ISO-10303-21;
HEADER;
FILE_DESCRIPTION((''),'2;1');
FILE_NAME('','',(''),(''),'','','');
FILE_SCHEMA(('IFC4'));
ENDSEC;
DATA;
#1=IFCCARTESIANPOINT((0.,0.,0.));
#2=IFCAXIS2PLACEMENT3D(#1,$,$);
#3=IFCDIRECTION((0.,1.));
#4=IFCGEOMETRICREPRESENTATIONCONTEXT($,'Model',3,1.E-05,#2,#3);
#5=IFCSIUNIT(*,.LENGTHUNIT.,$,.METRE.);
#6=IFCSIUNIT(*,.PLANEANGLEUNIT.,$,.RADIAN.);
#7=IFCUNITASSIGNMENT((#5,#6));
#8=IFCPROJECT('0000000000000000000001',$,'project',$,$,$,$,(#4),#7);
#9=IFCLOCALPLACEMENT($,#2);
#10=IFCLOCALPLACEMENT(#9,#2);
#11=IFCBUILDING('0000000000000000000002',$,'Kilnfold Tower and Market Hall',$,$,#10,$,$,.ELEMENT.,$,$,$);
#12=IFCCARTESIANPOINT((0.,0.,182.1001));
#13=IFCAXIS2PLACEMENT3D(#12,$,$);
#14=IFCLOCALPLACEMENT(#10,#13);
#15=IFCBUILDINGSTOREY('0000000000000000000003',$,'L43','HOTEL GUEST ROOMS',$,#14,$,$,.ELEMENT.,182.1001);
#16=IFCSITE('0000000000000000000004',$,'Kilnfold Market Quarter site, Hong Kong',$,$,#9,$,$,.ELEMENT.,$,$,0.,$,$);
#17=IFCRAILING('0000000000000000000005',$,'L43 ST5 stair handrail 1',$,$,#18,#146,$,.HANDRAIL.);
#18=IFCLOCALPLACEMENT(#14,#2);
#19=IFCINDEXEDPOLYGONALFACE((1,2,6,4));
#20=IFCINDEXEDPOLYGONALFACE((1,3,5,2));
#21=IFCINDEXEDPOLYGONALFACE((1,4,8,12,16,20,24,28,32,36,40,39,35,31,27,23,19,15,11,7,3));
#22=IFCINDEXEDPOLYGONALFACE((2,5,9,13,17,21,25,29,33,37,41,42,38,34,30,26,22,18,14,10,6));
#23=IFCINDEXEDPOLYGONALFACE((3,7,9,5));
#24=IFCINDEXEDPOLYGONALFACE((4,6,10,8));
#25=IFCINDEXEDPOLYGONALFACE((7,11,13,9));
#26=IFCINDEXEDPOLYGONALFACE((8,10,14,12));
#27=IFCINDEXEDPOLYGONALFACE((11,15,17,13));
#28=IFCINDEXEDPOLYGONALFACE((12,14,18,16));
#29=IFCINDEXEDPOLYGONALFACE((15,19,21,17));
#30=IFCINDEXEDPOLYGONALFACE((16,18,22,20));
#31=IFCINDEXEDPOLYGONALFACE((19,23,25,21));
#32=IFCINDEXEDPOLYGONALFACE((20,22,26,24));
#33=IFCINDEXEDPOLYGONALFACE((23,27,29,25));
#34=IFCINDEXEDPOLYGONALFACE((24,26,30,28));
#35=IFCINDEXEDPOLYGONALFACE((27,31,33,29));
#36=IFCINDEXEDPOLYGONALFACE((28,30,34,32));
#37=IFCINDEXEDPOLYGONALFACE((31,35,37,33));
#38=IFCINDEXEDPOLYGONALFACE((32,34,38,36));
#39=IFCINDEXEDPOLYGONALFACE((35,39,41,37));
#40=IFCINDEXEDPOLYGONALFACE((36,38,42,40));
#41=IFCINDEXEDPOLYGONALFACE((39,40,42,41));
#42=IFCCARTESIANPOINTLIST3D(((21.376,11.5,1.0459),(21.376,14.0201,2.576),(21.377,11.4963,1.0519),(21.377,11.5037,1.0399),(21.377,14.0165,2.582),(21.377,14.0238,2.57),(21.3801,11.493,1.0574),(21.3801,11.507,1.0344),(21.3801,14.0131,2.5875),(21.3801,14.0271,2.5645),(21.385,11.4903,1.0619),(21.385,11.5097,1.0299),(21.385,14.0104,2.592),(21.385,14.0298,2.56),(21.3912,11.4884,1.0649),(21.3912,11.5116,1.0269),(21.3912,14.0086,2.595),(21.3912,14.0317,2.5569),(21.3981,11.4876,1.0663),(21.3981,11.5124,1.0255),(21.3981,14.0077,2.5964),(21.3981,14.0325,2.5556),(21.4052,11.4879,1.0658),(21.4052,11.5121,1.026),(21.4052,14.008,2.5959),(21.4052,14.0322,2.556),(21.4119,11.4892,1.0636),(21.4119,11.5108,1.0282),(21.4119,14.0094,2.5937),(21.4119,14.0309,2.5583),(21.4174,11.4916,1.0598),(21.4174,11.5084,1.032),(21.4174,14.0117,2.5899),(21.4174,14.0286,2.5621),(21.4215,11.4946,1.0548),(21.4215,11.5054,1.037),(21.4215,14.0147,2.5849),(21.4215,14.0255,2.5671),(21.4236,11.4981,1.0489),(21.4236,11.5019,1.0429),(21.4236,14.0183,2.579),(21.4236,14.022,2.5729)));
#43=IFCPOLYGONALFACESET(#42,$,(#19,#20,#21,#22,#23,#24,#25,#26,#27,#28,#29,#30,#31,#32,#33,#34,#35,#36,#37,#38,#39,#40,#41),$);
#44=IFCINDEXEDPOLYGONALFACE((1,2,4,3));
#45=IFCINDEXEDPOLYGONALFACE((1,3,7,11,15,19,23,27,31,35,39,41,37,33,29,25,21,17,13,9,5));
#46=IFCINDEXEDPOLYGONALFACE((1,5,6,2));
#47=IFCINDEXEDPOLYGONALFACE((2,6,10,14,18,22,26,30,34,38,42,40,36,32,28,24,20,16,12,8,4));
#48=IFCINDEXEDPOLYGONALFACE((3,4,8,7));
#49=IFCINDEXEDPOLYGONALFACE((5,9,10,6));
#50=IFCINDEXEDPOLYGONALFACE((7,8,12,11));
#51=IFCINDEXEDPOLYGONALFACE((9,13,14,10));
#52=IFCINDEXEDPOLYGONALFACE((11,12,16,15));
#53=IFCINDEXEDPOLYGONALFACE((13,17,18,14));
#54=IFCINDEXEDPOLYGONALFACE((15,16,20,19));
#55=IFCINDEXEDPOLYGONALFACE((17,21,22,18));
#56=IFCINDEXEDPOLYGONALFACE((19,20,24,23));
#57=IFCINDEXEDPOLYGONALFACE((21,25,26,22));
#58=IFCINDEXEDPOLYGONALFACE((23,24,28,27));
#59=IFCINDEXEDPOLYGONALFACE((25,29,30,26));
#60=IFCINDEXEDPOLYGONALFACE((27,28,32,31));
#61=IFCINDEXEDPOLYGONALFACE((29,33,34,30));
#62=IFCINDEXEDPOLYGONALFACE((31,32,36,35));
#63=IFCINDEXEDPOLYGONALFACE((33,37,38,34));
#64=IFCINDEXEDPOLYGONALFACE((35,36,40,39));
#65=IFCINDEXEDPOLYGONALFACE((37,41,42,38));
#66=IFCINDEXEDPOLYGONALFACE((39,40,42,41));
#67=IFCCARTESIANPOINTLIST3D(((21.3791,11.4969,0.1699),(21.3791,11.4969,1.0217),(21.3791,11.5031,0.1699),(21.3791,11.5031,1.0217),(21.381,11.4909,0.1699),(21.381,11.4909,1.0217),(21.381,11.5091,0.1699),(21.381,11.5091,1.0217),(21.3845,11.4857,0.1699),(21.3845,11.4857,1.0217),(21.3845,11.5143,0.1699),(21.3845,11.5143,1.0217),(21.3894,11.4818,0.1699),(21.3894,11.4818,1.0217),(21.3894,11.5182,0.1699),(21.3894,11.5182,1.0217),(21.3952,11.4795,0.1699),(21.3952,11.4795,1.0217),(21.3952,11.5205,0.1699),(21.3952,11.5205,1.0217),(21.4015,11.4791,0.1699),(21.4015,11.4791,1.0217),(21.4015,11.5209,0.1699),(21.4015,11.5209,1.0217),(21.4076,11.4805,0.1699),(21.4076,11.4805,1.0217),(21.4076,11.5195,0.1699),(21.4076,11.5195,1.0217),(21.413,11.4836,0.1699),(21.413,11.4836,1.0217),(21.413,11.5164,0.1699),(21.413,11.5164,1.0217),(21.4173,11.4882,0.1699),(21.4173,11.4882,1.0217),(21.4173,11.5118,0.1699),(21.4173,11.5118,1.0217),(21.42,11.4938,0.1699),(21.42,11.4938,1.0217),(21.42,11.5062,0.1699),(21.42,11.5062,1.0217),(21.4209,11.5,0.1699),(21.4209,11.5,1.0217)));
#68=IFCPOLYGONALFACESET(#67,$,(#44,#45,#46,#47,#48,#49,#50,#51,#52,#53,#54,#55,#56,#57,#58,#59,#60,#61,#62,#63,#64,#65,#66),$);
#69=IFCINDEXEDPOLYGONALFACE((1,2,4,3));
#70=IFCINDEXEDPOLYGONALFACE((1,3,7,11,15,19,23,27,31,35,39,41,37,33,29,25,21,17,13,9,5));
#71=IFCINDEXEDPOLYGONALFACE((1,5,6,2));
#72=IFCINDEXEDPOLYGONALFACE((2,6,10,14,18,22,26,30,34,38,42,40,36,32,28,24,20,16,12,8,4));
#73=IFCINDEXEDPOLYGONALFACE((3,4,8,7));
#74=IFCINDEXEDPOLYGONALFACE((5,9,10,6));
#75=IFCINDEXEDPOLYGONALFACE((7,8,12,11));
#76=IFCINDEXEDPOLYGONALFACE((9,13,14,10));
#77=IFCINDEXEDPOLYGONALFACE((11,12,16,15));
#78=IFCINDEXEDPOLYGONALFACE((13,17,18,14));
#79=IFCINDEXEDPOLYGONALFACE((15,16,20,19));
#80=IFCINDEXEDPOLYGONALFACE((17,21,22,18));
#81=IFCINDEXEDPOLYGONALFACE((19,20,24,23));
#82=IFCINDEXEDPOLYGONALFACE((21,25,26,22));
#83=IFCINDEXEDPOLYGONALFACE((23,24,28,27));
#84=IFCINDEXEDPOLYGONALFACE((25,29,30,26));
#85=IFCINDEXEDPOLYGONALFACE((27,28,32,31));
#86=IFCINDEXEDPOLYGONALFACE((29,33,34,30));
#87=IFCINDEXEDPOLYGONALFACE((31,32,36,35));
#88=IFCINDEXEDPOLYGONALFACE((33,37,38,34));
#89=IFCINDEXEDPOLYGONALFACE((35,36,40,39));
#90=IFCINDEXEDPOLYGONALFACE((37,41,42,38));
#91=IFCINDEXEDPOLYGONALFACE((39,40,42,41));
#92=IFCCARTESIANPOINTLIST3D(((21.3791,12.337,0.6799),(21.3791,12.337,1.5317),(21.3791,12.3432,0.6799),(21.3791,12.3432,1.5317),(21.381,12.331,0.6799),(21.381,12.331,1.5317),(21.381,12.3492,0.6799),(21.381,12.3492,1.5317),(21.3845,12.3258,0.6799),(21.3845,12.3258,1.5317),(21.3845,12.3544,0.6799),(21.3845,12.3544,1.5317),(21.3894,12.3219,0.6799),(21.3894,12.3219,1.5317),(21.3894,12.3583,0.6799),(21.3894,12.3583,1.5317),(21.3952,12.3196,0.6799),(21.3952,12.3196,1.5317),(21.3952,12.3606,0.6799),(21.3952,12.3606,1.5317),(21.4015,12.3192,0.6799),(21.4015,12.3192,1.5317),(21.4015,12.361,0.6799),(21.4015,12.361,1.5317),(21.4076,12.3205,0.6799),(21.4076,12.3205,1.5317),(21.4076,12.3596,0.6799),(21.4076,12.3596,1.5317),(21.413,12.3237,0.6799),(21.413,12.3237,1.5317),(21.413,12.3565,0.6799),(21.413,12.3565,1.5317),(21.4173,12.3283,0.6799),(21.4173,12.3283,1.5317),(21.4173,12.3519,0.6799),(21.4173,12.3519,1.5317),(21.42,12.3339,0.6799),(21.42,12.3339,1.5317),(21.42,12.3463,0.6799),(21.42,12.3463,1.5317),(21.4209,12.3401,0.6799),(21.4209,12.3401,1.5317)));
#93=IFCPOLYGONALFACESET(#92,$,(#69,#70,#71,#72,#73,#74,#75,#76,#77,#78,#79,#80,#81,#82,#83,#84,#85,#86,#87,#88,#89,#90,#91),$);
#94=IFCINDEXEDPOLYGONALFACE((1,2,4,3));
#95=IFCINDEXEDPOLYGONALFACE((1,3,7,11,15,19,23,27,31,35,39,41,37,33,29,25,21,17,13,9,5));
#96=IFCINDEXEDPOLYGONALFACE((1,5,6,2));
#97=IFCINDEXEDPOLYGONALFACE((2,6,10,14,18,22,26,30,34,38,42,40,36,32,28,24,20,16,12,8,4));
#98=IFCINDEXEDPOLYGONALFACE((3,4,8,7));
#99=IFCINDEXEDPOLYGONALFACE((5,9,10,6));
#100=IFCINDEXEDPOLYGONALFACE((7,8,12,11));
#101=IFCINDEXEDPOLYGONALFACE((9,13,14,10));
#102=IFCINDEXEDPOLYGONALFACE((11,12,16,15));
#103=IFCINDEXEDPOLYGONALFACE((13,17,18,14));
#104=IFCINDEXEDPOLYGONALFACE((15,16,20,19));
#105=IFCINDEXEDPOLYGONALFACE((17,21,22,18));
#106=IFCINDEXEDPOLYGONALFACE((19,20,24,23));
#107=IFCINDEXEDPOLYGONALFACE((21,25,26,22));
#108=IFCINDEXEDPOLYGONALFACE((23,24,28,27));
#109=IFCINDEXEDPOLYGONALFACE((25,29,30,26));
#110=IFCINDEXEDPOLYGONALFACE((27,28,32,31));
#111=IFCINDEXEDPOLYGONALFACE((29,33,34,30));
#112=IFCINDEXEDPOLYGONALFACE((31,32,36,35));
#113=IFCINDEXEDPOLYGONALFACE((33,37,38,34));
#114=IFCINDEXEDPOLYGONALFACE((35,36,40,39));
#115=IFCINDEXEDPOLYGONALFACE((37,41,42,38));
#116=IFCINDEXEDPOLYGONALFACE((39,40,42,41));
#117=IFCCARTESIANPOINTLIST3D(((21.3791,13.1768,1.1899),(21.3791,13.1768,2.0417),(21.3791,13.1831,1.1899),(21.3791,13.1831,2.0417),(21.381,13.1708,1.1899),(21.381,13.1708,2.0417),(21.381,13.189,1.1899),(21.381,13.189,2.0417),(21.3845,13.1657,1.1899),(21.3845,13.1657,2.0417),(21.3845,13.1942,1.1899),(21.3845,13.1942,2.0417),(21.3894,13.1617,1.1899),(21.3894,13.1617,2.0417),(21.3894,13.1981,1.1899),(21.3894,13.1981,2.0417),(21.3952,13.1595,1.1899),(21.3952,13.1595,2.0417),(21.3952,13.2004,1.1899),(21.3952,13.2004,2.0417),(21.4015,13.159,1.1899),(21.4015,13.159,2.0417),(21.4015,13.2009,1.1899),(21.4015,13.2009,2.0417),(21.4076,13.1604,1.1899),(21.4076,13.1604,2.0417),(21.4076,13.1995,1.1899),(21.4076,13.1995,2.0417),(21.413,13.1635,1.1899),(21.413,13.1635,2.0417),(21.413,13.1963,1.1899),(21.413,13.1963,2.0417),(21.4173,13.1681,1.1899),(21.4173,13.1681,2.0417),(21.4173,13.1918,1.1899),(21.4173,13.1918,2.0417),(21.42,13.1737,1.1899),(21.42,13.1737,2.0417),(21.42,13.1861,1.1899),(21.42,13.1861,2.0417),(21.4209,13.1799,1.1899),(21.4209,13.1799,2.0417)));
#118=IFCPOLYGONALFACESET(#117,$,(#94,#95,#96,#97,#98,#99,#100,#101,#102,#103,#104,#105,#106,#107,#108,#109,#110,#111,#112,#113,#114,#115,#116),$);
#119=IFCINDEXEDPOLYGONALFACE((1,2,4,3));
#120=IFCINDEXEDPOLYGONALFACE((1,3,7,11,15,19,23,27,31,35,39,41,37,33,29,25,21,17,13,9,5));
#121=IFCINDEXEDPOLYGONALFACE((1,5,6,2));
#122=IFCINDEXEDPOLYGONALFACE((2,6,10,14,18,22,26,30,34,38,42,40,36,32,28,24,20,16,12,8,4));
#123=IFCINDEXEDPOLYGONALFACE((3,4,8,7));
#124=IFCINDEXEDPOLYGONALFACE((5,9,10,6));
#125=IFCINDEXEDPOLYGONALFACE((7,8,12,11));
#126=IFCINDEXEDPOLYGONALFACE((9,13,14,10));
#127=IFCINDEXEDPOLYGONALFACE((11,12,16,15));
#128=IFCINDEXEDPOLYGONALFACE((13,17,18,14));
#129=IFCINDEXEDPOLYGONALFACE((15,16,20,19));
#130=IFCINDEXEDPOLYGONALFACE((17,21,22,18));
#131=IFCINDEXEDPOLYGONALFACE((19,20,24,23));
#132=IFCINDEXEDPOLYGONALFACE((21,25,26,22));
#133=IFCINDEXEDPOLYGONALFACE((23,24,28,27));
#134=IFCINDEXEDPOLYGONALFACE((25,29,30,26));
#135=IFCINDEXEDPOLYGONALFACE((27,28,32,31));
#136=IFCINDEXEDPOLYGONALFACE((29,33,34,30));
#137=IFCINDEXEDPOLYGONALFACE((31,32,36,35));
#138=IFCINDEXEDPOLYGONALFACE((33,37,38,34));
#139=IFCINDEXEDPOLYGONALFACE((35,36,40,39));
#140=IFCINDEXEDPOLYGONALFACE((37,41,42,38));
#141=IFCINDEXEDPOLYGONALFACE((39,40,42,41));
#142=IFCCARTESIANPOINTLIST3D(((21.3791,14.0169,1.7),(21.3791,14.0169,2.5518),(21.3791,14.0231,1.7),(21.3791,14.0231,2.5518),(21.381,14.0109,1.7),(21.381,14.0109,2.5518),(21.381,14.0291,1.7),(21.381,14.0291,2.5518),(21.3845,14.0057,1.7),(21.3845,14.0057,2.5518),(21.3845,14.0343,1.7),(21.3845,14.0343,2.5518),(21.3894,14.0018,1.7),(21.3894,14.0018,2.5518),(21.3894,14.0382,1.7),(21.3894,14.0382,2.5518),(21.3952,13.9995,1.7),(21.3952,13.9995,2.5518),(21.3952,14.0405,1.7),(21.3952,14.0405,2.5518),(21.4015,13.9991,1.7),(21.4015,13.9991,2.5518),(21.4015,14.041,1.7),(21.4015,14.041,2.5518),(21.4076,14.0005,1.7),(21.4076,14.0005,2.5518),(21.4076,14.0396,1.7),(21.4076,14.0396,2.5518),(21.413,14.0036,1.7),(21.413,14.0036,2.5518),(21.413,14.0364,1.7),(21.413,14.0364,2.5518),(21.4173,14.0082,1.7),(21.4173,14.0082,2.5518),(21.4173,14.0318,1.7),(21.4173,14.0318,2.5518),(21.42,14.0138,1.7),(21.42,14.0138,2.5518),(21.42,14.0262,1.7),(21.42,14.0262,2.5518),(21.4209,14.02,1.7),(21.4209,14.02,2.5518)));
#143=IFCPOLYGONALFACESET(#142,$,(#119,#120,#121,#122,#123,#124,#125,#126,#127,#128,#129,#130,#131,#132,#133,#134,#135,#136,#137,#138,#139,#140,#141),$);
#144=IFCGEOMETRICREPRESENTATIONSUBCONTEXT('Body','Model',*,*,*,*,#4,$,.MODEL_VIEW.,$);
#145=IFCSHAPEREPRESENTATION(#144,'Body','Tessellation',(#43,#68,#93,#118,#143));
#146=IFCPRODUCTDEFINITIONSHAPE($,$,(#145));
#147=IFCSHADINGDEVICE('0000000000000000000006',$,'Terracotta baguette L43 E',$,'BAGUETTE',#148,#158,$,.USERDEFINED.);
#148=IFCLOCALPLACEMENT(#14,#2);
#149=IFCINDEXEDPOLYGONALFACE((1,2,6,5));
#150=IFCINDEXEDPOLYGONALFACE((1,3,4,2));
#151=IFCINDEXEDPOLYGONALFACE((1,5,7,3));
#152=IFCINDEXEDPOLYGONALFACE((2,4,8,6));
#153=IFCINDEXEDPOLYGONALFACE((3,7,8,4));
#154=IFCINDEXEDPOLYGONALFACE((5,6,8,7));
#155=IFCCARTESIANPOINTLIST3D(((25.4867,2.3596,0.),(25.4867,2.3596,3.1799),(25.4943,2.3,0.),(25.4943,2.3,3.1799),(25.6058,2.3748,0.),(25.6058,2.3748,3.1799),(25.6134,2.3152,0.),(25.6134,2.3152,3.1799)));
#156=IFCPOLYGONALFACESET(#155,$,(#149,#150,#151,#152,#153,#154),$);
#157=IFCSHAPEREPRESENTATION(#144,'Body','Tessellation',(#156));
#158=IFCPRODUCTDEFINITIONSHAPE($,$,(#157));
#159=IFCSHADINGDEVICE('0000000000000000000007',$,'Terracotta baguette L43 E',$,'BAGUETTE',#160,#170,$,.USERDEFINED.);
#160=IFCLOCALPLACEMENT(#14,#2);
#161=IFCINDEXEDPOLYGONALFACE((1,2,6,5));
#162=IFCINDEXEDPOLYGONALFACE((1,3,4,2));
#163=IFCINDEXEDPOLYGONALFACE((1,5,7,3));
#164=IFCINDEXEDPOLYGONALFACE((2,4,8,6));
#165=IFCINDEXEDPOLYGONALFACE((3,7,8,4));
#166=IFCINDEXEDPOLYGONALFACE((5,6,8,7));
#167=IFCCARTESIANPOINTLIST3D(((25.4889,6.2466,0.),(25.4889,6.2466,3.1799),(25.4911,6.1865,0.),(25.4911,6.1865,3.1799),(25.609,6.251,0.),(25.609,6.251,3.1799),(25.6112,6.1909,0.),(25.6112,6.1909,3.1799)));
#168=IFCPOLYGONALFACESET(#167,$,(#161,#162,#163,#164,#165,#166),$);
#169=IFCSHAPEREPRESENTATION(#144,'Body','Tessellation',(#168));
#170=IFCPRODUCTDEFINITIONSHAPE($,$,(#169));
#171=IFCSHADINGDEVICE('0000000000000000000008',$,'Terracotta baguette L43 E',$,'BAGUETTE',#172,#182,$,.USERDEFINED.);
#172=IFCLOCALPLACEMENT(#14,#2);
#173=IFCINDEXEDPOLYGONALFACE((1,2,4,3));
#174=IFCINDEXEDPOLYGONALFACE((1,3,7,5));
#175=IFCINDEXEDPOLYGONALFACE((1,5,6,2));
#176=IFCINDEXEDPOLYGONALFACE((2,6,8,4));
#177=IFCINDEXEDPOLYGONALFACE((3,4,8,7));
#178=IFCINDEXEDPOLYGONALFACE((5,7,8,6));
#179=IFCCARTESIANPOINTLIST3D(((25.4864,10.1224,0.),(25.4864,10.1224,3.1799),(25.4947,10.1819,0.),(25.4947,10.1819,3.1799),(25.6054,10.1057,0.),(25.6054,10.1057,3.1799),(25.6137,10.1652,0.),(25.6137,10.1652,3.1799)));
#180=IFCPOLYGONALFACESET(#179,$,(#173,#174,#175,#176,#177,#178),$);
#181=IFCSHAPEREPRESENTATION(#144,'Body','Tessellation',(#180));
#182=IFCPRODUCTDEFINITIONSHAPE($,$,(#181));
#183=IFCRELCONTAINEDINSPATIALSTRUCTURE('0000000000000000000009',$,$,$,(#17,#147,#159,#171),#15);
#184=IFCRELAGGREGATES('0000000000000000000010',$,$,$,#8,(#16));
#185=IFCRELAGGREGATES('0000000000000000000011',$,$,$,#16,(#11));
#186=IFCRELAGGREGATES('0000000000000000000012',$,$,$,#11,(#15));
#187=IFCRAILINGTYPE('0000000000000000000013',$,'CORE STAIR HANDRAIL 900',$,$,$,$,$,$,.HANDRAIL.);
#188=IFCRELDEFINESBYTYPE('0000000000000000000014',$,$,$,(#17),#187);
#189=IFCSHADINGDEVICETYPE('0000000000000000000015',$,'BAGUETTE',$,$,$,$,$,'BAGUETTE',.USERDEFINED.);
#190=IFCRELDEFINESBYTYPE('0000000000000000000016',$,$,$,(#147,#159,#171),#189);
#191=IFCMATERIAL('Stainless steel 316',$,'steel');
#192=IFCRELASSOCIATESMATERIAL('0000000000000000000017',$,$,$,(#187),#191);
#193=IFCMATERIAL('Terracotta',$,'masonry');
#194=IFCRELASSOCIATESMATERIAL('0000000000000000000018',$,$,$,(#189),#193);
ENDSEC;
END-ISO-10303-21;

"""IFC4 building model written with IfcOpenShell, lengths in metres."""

from ifc_helpers import new_model, si_unit, direction, frame, origin, origin_2d, place, context, subcontext, project, spatial, rectangle, circle, extrude, source, transform, mapped, material, material_profile, profile_set, type_object, element, save


model = new_model("IFC4")

# Units and contexts
model_context = context("Model", 3, precision=1e-05, world=origin(), true_north=direction((0.0, 1.0)))
body_context = subcontext(model_context, "Body", "Model", "MODEL_VIEW")
ifc_project = project(units=[si_unit("LENGTHUNIT", "METRE"), si_unit("PLANEANGLEUNIT", "RADIAN")], contexts=[model_context])

# Site, building, storey
site_placement = place(None, origin())
site = spatial("IfcSite", under=ifc_project, at=site_placement, Name="Kilnfold Market Quarter site, Hong Kong", CompositionType="ELEMENT", RefElevation=0.0)
building_placement = place(site_placement, origin())
building = spatial("IfcBuilding", under=site, at=building_placement, Name="Kilnfold Tower and Market Hall", CompositionType="ELEMENT")
storey_placement = place(building_placement, frame((0.0, 0.0, 182.1001)))
storey = spatial("IfcBuildingStorey", under=building, at=storey_placement, Name="L43", Description="HOTEL GUEST ROOMS", CompositionType="ELEMENT", Elevation=182.1001)

# Railing
ifc_material_1 = material(Name="Stainless steel 316", Category="steel")
railing_type_1 = type_object("IfcRailingType", Name="CORE STAIR HANDRAIL 900", PredefinedType="HANDRAIL", material=ifc_material_1)
for number, where, name in (
    (1, (21.3999, 11.5, 0.1699), "L43 ST5 stair handrail 1"),
):
    element("IfcRailing", number, at=place(storey_placement, frame(where)), inside=storey, type_object=railing_type_1, Name=name, PredefinedType="HANDRAIL", context=body_context, shape_type="SweptSolid", body=[
        extrude(circle(Radius=0.0239, at=origin_2d()), frame((0.0, 0.0, 0.876), z_axis=(0.0, 0.854785, 0.518982), x_axis=(-1.0, 0.0, 0.0)), (0.0, 0.0, 1.0), 2.9482),
        extrude(circle(Radius=0.021, at=origin_2d()), origin(), (0.0, 0.0, 1.0), 0.8518),
        extrude(circle(Radius=0.021, at=origin_2d()), frame((0.0, 0.8401, 0.51)), (0.0, 0.0, 1.0), 0.8518),
        extrude(circle(Radius=0.021, at=origin_2d()), frame((0.0, 1.6799, 1.02)), (0.0, 0.0, 1.0), 0.8518),
        extrude(circle(Radius=0.021, at=origin_2d()), frame((0.0, 2.52, 1.53)), (0.0, 0.0, 1.0), 0.8518),
    ])

# Shading devices
ifc_material_2 = material(Name="Terracotta", Category="masonry")
ifc_material_profile_1 = material_profile(ifc_material_2, rectangle(XDim=0.0601, YDim=0.1201, at=origin_2d()), Name="BAG 60x120")
ifc_profile_set_1 = profile_set([ifc_material_profile_1], Name="Terracotta")
shading_device_type = type_object("IfcShadingDeviceType", Name="BAGUETTE", ElementType="BAGUETTE", PredefinedType="USERDEFINED", material=ifc_profile_set_1)
shared_shape_1 = source(origin(), body_context, "Body", "SweptSolid", [
    extrude(rectangle(XDim=0.0601, YDim=0.1201, at=origin_2d()), origin(), (0.0, 0.0, 1.0), 3.1799),
])
for number, where, z_axis, x_axis, name in (
    (2, (25.55, 2.3374, 0.0), (0.0, 0.0, 1.0), (-0.126194, 0.992006, 0.0), "Terracotta baguette L43 E"),
    (3, (25.55, 6.2188, 0.0), (0.0, 0.0, 1.0), (-0.036621, 0.999329, 0.0), "Terracotta baguette L43 E"),
    (4, (25.55, 10.1438, 0.0), (0.0, 0.0, 1.0), (0.138788, 0.990322, 0.0), "Terracotta baguette L43 E"),
):
    element("IfcShadingDevice", number, at=place(storey_placement, frame(where, z_axis=z_axis, x_axis=x_axis)), inside=storey, type_object=shading_device_type, Name=name, ObjectType="BAGUETTE", PredefinedType="USERDEFINED", context=body_context, shape_type="MappedRepresentation", body=[
        mapped(shared_shape_1, transform((0.0, 0.0, 0.0))),
    ])

save(model, "model.ifc")
